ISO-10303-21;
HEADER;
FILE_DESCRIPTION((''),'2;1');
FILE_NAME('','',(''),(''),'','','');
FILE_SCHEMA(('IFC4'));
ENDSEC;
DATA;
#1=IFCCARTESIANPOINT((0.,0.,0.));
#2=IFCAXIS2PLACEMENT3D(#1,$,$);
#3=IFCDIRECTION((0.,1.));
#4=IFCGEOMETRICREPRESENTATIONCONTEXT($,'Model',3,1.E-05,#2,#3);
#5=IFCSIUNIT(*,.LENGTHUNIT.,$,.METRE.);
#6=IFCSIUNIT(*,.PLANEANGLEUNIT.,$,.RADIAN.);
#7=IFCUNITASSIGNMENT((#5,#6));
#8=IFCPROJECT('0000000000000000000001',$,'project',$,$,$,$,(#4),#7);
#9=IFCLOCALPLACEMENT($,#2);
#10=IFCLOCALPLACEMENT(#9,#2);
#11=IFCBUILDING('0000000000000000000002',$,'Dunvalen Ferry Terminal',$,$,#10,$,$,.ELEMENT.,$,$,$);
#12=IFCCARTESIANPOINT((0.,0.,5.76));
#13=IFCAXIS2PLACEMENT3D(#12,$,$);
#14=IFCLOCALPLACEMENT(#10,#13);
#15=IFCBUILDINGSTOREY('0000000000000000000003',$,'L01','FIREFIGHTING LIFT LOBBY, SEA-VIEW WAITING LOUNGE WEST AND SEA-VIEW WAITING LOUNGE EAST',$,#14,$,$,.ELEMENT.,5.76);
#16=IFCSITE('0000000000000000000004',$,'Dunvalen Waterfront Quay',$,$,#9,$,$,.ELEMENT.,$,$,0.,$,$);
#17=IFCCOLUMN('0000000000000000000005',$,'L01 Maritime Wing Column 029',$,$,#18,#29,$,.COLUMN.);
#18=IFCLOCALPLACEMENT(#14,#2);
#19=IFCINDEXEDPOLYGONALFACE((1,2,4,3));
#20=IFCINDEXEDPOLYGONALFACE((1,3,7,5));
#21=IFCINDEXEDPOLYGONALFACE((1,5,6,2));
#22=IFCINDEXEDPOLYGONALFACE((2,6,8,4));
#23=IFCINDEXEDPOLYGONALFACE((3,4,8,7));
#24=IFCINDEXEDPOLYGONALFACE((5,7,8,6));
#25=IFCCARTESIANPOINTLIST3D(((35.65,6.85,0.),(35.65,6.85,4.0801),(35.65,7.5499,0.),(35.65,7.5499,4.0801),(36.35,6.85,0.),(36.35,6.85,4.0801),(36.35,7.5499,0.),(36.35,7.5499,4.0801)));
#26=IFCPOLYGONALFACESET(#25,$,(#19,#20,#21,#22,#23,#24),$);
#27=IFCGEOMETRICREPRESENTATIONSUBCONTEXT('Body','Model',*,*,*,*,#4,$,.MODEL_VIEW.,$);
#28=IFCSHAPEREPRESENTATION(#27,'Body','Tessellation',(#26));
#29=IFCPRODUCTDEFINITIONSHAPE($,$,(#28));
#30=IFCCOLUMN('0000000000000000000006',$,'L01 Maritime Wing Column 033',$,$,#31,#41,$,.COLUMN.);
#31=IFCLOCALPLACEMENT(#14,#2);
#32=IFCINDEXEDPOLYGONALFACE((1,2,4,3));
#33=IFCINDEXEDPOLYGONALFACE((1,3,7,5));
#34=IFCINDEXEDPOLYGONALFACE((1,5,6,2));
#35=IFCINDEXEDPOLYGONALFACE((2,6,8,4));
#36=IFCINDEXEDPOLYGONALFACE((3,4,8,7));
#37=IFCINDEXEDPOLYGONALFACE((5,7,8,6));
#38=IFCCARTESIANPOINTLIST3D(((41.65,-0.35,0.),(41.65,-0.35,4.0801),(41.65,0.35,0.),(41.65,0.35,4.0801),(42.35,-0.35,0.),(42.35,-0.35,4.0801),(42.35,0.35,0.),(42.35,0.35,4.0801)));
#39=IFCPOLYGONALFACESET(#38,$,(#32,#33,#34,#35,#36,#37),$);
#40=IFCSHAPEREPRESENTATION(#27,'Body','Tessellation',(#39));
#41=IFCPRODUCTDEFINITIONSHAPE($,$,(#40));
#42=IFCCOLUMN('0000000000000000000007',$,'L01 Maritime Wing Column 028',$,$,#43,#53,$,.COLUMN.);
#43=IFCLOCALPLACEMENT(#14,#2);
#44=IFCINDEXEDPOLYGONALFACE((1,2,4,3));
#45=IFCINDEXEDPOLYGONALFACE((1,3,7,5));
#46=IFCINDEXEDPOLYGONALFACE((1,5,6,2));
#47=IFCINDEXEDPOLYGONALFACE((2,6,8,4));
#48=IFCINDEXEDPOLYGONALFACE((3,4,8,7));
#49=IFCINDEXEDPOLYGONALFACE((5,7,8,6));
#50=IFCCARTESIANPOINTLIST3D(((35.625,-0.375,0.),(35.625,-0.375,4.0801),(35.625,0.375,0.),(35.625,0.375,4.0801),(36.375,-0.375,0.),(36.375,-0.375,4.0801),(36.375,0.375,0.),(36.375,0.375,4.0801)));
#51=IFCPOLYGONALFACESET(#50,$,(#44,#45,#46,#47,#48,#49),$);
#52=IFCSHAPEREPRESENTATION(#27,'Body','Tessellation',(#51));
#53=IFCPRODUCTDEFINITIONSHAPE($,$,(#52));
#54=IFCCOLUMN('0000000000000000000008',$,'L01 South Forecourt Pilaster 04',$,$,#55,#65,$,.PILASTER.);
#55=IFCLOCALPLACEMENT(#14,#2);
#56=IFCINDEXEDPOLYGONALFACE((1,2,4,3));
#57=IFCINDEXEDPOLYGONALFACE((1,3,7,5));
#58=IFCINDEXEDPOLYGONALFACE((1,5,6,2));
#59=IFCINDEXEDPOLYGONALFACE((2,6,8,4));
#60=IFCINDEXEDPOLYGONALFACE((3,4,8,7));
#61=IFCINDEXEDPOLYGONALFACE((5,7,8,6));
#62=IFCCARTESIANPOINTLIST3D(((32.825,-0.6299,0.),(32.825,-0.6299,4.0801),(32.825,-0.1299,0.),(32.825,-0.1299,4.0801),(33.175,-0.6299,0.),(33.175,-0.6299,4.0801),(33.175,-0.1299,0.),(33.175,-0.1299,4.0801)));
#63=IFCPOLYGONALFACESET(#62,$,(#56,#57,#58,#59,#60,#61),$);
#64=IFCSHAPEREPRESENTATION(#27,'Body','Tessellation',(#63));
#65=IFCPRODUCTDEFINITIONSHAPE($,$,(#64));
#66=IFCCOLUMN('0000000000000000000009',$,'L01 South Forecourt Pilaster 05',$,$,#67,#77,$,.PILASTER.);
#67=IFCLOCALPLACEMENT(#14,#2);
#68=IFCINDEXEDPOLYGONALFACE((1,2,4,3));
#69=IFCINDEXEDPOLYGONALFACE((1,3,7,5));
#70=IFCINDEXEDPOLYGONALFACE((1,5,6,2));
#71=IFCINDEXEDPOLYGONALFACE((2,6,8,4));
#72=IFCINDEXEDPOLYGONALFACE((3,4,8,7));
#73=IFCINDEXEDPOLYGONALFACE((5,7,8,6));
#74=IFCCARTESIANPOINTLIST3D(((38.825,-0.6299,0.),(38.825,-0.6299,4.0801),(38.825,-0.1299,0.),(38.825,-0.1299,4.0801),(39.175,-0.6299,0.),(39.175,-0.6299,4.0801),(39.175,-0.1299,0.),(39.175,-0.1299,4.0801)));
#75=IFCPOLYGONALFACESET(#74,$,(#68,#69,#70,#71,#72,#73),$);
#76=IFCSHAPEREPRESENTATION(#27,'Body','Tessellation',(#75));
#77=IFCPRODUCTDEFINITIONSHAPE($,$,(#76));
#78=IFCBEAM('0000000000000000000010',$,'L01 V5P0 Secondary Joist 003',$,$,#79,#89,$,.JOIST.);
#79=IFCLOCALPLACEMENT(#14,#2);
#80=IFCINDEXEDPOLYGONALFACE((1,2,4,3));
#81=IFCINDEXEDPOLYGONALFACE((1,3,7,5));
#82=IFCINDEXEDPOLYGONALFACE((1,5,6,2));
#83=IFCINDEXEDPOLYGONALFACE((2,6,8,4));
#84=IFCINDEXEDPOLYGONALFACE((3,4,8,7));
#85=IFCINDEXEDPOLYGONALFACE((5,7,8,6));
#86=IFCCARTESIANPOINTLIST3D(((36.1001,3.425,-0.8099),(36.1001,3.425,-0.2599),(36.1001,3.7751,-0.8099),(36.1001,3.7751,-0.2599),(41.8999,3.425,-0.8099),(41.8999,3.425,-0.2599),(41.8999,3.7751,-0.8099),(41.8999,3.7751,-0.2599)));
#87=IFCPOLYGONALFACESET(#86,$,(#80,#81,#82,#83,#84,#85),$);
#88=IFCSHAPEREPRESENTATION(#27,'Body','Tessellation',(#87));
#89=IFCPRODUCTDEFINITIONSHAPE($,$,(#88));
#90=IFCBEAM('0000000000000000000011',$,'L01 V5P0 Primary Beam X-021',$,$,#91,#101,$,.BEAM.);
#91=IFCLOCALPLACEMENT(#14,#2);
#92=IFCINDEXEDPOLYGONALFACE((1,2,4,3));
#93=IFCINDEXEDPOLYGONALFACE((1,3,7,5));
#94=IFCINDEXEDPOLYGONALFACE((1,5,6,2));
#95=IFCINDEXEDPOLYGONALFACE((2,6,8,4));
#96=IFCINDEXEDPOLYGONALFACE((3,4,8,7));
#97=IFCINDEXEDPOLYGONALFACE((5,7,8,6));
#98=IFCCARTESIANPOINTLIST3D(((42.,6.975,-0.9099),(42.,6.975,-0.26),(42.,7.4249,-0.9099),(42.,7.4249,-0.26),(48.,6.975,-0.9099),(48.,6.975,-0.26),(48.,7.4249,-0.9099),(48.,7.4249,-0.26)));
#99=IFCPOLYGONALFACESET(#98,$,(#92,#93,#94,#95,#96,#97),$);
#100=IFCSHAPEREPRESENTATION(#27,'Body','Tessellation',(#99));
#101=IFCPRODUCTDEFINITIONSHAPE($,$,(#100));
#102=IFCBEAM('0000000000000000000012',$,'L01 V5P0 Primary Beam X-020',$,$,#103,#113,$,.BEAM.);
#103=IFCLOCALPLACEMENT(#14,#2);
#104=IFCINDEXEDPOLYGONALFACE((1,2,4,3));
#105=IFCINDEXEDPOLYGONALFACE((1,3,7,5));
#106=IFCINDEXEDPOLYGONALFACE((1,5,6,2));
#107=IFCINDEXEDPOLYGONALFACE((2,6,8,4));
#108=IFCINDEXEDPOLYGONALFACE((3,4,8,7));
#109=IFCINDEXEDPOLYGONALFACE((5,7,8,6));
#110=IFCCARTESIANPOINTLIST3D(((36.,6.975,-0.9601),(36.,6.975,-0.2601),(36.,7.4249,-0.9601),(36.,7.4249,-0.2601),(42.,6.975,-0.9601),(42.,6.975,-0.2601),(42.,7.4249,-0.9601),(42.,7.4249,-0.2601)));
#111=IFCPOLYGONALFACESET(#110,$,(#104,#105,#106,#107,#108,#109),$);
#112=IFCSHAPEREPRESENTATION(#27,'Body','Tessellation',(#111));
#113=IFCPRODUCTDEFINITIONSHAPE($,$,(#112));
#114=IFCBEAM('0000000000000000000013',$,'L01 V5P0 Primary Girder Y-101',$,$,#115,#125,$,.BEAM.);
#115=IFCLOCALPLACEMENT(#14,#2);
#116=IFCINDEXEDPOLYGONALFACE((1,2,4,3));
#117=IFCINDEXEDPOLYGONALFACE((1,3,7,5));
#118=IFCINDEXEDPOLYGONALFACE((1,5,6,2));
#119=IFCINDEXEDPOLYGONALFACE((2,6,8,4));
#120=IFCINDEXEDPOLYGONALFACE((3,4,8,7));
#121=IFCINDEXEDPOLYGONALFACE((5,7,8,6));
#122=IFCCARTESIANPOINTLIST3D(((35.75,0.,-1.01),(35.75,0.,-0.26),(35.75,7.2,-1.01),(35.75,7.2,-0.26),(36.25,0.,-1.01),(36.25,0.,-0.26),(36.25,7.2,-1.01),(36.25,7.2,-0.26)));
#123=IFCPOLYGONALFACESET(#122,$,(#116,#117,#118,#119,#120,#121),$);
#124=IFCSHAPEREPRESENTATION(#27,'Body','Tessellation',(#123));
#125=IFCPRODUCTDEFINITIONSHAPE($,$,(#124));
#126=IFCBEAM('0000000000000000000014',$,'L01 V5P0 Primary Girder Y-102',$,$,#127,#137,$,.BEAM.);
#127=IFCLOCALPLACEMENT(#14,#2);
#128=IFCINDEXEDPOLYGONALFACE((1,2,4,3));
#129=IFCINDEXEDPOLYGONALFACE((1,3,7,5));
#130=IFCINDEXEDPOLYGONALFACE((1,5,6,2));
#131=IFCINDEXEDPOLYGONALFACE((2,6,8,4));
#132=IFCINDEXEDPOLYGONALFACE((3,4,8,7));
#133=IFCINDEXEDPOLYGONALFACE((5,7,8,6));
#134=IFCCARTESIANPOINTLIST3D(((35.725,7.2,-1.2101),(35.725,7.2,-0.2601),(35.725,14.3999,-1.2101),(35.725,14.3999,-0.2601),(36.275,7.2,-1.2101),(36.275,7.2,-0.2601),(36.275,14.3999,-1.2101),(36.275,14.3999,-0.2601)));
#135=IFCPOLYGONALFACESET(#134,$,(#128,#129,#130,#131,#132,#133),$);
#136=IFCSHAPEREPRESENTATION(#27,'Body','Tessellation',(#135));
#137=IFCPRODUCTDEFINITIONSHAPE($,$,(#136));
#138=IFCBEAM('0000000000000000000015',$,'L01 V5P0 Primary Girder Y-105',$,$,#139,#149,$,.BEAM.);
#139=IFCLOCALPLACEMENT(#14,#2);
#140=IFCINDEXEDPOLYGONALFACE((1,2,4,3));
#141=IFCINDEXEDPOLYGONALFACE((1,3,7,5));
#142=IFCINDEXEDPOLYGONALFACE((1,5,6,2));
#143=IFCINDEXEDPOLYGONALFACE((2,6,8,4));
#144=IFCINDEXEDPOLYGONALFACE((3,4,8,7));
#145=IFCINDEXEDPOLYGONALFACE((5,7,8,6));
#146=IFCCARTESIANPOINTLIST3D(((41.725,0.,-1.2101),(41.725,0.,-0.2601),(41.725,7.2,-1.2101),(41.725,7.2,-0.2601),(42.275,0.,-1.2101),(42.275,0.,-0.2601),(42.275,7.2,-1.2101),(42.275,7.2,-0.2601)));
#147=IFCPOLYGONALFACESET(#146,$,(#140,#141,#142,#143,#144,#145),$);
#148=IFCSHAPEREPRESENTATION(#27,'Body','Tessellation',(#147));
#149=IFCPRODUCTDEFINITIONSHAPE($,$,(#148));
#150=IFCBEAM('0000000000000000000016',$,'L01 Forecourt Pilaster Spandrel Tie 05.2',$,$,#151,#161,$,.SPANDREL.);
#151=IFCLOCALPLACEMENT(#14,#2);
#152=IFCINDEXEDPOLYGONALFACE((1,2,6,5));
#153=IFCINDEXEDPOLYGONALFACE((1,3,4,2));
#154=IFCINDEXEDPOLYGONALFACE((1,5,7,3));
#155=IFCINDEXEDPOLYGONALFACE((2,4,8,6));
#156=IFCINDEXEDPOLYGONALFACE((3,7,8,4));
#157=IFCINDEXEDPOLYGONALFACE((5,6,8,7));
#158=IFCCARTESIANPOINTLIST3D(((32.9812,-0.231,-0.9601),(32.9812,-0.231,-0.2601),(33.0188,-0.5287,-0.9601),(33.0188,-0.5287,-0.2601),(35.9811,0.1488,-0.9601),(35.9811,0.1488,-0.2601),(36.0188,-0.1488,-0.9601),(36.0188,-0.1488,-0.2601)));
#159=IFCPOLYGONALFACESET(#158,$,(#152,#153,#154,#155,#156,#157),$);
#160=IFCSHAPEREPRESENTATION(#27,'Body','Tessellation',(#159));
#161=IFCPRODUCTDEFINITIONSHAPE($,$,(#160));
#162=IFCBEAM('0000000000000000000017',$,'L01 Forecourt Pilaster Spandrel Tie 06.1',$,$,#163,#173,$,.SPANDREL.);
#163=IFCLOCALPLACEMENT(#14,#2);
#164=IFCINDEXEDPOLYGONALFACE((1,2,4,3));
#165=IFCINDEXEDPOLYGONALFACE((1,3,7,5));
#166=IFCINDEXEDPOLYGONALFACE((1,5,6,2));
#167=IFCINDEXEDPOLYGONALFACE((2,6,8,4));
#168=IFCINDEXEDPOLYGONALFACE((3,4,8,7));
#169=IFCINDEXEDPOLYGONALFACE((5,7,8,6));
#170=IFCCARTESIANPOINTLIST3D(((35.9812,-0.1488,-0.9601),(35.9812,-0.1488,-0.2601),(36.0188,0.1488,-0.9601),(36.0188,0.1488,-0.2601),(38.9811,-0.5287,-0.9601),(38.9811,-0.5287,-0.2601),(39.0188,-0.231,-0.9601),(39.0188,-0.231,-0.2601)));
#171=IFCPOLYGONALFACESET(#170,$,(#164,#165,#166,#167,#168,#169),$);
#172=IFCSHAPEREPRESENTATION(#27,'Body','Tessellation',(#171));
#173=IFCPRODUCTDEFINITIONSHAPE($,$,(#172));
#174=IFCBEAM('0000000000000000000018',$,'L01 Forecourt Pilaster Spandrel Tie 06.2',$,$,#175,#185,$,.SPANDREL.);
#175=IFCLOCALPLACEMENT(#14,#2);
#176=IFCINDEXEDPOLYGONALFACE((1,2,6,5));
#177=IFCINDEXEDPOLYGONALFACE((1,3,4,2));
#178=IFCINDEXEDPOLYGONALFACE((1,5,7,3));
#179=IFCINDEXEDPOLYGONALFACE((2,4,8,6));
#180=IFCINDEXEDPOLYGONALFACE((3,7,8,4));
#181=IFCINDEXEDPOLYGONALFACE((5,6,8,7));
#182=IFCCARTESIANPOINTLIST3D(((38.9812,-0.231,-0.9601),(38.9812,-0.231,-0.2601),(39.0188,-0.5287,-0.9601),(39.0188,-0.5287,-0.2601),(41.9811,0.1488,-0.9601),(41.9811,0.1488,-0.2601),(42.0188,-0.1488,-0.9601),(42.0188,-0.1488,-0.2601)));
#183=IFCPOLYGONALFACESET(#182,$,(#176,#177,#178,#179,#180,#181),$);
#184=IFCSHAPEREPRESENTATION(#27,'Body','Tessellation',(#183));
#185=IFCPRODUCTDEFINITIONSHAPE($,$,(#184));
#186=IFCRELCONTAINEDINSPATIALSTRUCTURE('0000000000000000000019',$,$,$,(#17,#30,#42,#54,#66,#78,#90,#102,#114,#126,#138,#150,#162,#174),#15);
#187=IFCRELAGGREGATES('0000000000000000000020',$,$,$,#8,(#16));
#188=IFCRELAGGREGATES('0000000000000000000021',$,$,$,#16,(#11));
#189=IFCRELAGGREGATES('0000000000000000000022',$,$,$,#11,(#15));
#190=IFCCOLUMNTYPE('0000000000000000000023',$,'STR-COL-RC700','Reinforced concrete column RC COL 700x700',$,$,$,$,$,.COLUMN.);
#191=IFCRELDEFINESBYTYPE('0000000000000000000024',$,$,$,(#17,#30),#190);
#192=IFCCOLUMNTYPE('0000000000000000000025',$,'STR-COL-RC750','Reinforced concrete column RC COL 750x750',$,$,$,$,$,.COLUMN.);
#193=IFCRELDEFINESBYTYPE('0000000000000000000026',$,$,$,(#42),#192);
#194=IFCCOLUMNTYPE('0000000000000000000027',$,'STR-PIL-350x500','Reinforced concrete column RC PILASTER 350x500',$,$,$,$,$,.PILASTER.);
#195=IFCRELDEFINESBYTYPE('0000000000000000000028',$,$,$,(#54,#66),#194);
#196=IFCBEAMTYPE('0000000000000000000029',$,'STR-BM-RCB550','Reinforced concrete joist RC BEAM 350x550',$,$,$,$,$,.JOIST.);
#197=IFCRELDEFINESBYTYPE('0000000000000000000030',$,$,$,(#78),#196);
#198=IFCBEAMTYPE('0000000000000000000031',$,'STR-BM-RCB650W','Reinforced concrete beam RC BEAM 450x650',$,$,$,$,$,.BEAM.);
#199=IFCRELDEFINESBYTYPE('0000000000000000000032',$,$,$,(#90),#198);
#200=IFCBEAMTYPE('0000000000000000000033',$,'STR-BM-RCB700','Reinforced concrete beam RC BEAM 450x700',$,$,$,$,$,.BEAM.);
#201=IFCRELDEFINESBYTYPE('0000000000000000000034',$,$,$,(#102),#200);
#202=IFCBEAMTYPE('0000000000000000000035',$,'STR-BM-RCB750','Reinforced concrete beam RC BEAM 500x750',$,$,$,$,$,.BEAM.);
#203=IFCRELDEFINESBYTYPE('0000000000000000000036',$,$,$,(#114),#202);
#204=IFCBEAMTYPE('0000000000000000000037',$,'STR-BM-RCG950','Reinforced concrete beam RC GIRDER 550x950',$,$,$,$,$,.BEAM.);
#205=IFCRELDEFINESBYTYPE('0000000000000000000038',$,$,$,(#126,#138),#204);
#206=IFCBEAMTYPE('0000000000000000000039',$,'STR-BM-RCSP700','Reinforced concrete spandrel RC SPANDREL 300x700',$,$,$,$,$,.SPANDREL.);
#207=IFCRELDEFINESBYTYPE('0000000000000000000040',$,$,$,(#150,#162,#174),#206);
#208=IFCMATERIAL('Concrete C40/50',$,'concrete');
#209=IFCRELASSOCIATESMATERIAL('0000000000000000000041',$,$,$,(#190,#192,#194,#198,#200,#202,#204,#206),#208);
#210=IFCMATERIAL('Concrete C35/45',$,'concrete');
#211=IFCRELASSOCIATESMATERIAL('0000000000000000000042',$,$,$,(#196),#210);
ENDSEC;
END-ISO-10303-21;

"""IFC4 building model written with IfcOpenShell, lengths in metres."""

from ifc_helpers import new_model, si_unit, direction, frame, origin, origin_2d, place, context, subcontext, project, spatial, rectangle, extrude, material, material_profile, profile_set, type_object, element, save


model = new_model("IFC4")

# Units and contexts
model_context = context("Model", 3, precision=1e-05, world=origin(), true_north=direction((0.0, 1.0)))
body_context = subcontext(model_context, "Body", "Model", "MODEL_VIEW")
ifc_project = project(units=[si_unit("LENGTHUNIT", "METRE"), si_unit("PLANEANGLEUNIT", "RADIAN")], contexts=[model_context])

# Site, building, storey
site_placement = place(None, origin())
site = spatial("IfcSite", under=ifc_project, at=site_placement, Name="Dunvalen Waterfront Quay", CompositionType="ELEMENT", RefElevation=0.0)
building_placement = place(site_placement, origin())
building = spatial("IfcBuilding", under=site, at=building_placement, Name="Dunvalen Ferry Terminal", CompositionType="ELEMENT")
storey_placement = place(building_placement, frame((0.0, 0.0, 5.76)))
storey = spatial("IfcBuildingStorey", under=building, at=storey_placement, Name="L01", Description="FIREFIGHTING LIFT LOBBY, SEA-VIEW WAITING LOUNGE WEST AND SEA-VIEW WAITING LOUNGE EAST", CompositionType="ELEMENT", Elevation=5.76)

# Columns
ifc_material_1 = material(Name="Concrete C40/50", Category="concrete")
ifc_material_profile_1 = material_profile(ifc_material_1, rectangle(XDim=0.7, YDim=0.7, at=origin_2d()), Name="Concrete C40/50")
ifc_profile_set_1 = profile_set([ifc_material_profile_1], Name="Concrete C40/50")
column_type_1 = type_object("IfcColumnType", Name="STR-COL-RC700", Description="Reinforced concrete column RC COL 700x700", PredefinedType="COLUMN", material=ifc_profile_set_1)
for number, where, z_axis, x_axis, name in (
    (1, (36.0, 7.2, 0.0), (0.0, 0.0, 1.0), (1.0, 0.0, 0.0), "L01 Maritime Wing Column 029"),
    (2, (42.0, 0.0, 0.0), (0.0, 0.0, 1.0), (1.0, 0.0, 0.0), "L01 Maritime Wing Column 033"),
):
    element("IfcColumn", number, at=place(storey_placement, frame(where, z_axis=z_axis, x_axis=x_axis)), inside=storey, type_object=column_type_1, Name=name, PredefinedType="COLUMN", context=body_context, shape_type="SweptSolid", body=[
        extrude(rectangle(XDim=0.7, YDim=0.7, at=origin_2d()), origin(), (0.0, 0.0, 1.0), 4.0801),
    ])
ifc_material_profile_2 = material_profile(ifc_material_1, rectangle(XDim=0.75, YDim=0.75, at=origin_2d()), Name="Concrete C40/50")
ifc_profile_set_2 = profile_set([ifc_material_profile_2], Name="Concrete C40/50")
column_type_2 = type_object("IfcColumnType", Name="STR-COL-RC750", Description="Reinforced concrete column RC COL 750x750", PredefinedType="COLUMN", material=ifc_profile_set_2)
column_placement = place(storey_placement, frame((36.0, 0.0, 0.0), z_axis=(0.0, 0.0, 1.0), x_axis=(1.0, 0.0, 0.0)))
element("IfcColumn", 3, at=column_placement, inside=storey, type_object=column_type_2, Name="L01 Maritime Wing Column 028", PredefinedType="COLUMN", context=body_context, shape_type="SweptSolid", body=[
    extrude(rectangle(XDim=0.75, YDim=0.75, at=origin_2d()), origin(), (0.0, 0.0, 1.0), 4.0801),
])
ifc_material_profile_3 = material_profile(ifc_material_1, rectangle(XDim=0.3501, YDim=0.5, at=origin_2d()), Name="Concrete C40/50")
ifc_profile_set_3 = profile_set([ifc_material_profile_3], Name="Concrete C40/50")
column_type_3 = type_object("IfcColumnType", Name="STR-PIL-350x500", Description="Reinforced concrete column RC PILASTER 350x500", PredefinedType="PILASTER", material=ifc_profile_set_3)
for number, where, z_axis, x_axis, name in (
    (4, (33.0, -0.3799, 0.0), (0.0, 0.0, 1.0), (1.0, 0.0, 0.0), "L01 South Forecourt Pilaster 04"),
    (5, (39.0, -0.3799, 0.0), (0.0, 0.0, 1.0), (1.0, 0.0, 0.0), "L01 South Forecourt Pilaster 05"),
):
    element("IfcColumn", number, at=place(storey_placement, frame(where, z_axis=z_axis, x_axis=x_axis)), inside=storey, type_object=column_type_3, Name=name, PredefinedType="PILASTER", context=body_context, shape_type="SweptSolid", body=[
        extrude(rectangle(XDim=0.3501, YDim=0.5, at=origin_2d()), origin(), (0.0, 0.0, 1.0), 4.0801),
    ])

# Beams
ifc_material_2 = material(Name="Concrete C35/45", Category="concrete")
ifc_material_profile_4 = material_profile(ifc_material_2, rectangle(XDim=0.3501, YDim=0.55, at=origin_2d()), Name="Concrete C35/45")
ifc_profile_set_4 = profile_set([ifc_material_profile_4], Name="Concrete C35/45")
beam_type_1 = type_object("IfcBeamType", Name="STR-BM-RCB550", Description="Reinforced concrete joist RC BEAM 350x550", PredefinedType="JOIST", material=ifc_profile_set_4)
beam_1_placement = place(storey_placement, frame((36.1001, 3.6001, -0.5349), z_axis=(1.0, 0.0, 0.0), x_axis=(0.0, 1.0, 0.0)))
element("IfcBeam", 6, at=beam_1_placement, inside=storey, type_object=beam_type_1, Name="L01 V5P0 Secondary Joist 003", PredefinedType="JOIST", context=body_context, shape_type="SweptSolid", body=[
    extrude(rectangle(XDim=0.3501, YDim=0.55, at=origin_2d()), origin(), (0.0, 0.0, 1.0), 5.7998),
])
ifc_material_profile_5 = material_profile(ifc_material_1, rectangle(XDim=0.45, YDim=0.6499, at=origin_2d()), Name="Concrete C40/50")
ifc_profile_set_5 = profile_set([ifc_material_profile_5], Name="Concrete C40/50")
beam_type_2 = type_object("IfcBeamType", Name="STR-BM-RCB650W", Description="Reinforced concrete beam RC BEAM 450x650", PredefinedType="BEAM", material=ifc_profile_set_5)
beam_2_placement = place(storey_placement, frame((42.0, 7.2, -0.585), z_axis=(1.0, 0.0, 0.0), x_axis=(0.0, 1.0, 0.0)))
element("IfcBeam", 7, at=beam_2_placement, inside=storey, type_object=beam_type_2, Name="L01 V5P0 Primary Beam X-021", PredefinedType="BEAM", context=body_context, shape_type="SweptSolid", body=[
    extrude(rectangle(XDim=0.45, YDim=0.6499, at=origin_2d()), origin(), (0.0, 0.0, 1.0), 6.0),
])
ifc_material_profile_6 = material_profile(ifc_material_1, rectangle(XDim=0.45, YDim=0.7, at=origin_2d()), Name="Concrete C40/50")
ifc_profile_set_6 = profile_set([ifc_material_profile_6], Name="Concrete C40/50")
beam_type_3 = type_object("IfcBeamType", Name="STR-BM-RCB700", Description="Reinforced concrete beam RC BEAM 450x700", PredefinedType="BEAM", material=ifc_profile_set_6)
beam_3_placement = place(storey_placement, frame((36.0, 7.2, -0.6101), z_axis=(1.0, 0.0, 0.0), x_axis=(0.0, 1.0, 0.0)))
element("IfcBeam", 8, at=beam_3_placement, inside=storey, type_object=beam_type_3, Name="L01 V5P0 Primary Beam X-020", PredefinedType="BEAM", context=body_context, shape_type="SweptSolid", body=[
    extrude(rectangle(XDim=0.45, YDim=0.7, at=origin_2d()), origin(), (0.0, 0.0, 1.0), 6.0),
])
ifc_material_profile_7 = material_profile(ifc_material_1, rectangle(XDim=0.5, YDim=0.75, at=origin_2d()), Name="Concrete C40/50")
ifc_profile_set_7 = profile_set([ifc_material_profile_7], Name="Concrete C40/50")
beam_type_4 = type_object("IfcBeamType", Name="STR-BM-RCB750", Description="Reinforced concrete beam RC BEAM 500x750", PredefinedType="BEAM", material=ifc_profile_set_7)
beam_4_placement = place(storey_placement, frame((36.0, 0.0, -0.635), z_axis=(0.0, 1.0, 0.0), x_axis=(-1.0, 0.0, 0.0)))
element("IfcBeam", 9, at=beam_4_placement, inside=storey, type_object=beam_type_4, Name="L01 V5P0 Primary Girder Y-101", PredefinedType="BEAM", context=body_context, shape_type="SweptSolid", body=[
    extrude(rectangle(XDim=0.5, YDim=0.75, at=origin_2d()), origin(), (0.0, 0.0, 1.0), 7.2),
])
ifc_material_profile_8 = material_profile(ifc_material_1, rectangle(XDim=0.55, YDim=0.95, at=origin_2d()), Name="Concrete C40/50")
ifc_profile_set_8 = profile_set([ifc_material_profile_8], Name="Concrete C40/50")
beam_type_5 = type_object("IfcBeamType", Name="STR-BM-RCG950", Description="Reinforced concrete beam RC GIRDER 550x950", PredefinedType="BEAM", material=ifc_profile_set_8)
for number, where, z_axis, x_axis, name in (
    (10, (36.0, 7.2, -0.7351), (0.0, 1.0, 0.0), (-1.0, 0.0, 0.0), "L01 V5P0 Primary Girder Y-102"),
    (11, (42.0, 0.0, -0.7351), (0.0, 1.0, 0.0), (-1.0, 0.0, 0.0), "L01 V5P0 Primary Girder Y-105"),
):
    element("IfcBeam", number, at=place(storey_placement, frame(where, z_axis=z_axis, x_axis=x_axis)), inside=storey, type_object=beam_type_5, Name=name, PredefinedType="BEAM", context=body_context, shape_type="SweptSolid", body=[
        extrude(rectangle(XDim=0.55, YDim=0.95, at=origin_2d()), origin(), (0.0, 0.0, 1.0), 7.2),
    ])
ifc_material_profile_9 = material_profile(ifc_material_1, rectangle(XDim=0.3, YDim=0.7, at=origin_2d()), Name="Concrete C40/50")
ifc_profile_set_9 = profile_set([ifc_material_profile_9], Name="Concrete C40/50")
beam_type_6 = type_object("IfcBeamType", Name="STR-BM-RCSP700", Description="Reinforced concrete spandrel RC SPANDREL 300x700", PredefinedType="SPANDREL", material=ifc_profile_set_9)
for number, where, z_axis, x_axis, name in (
    (12, (33.0, -0.3799, -0.6101), (0.992078, 0.125624, 0.0), (-0.125624, 0.992078, 0.0), "L01 Forecourt Pilaster Spandrel Tie 05.2"),
    (13, (36.0, 0.0, -0.6101), (0.992078, -0.125624, 0.0), (0.125624, 0.992078, 0.0), "L01 Forecourt Pilaster Spandrel Tie 06.1"),
    (14, (39.0, -0.3799, -0.6101), (0.992078, 0.125624, 0.0), (-0.125624, 0.992078, 0.0), "L01 Forecourt Pilaster Spandrel Tie 06.2"),
):
    element("IfcBeam", number, at=place(storey_placement, frame(where, z_axis=z_axis, x_axis=x_axis)), inside=storey, type_object=beam_type_6, Name=name, PredefinedType="SPANDREL", context=body_context, shape_type="SweptSolid", body=[
        extrude(rectangle(XDim=0.3, YDim=0.7, at=origin_2d()), origin(), (0.0, 0.0, 1.0), 3.0239),
    ])

save(model, "model.ifc")
